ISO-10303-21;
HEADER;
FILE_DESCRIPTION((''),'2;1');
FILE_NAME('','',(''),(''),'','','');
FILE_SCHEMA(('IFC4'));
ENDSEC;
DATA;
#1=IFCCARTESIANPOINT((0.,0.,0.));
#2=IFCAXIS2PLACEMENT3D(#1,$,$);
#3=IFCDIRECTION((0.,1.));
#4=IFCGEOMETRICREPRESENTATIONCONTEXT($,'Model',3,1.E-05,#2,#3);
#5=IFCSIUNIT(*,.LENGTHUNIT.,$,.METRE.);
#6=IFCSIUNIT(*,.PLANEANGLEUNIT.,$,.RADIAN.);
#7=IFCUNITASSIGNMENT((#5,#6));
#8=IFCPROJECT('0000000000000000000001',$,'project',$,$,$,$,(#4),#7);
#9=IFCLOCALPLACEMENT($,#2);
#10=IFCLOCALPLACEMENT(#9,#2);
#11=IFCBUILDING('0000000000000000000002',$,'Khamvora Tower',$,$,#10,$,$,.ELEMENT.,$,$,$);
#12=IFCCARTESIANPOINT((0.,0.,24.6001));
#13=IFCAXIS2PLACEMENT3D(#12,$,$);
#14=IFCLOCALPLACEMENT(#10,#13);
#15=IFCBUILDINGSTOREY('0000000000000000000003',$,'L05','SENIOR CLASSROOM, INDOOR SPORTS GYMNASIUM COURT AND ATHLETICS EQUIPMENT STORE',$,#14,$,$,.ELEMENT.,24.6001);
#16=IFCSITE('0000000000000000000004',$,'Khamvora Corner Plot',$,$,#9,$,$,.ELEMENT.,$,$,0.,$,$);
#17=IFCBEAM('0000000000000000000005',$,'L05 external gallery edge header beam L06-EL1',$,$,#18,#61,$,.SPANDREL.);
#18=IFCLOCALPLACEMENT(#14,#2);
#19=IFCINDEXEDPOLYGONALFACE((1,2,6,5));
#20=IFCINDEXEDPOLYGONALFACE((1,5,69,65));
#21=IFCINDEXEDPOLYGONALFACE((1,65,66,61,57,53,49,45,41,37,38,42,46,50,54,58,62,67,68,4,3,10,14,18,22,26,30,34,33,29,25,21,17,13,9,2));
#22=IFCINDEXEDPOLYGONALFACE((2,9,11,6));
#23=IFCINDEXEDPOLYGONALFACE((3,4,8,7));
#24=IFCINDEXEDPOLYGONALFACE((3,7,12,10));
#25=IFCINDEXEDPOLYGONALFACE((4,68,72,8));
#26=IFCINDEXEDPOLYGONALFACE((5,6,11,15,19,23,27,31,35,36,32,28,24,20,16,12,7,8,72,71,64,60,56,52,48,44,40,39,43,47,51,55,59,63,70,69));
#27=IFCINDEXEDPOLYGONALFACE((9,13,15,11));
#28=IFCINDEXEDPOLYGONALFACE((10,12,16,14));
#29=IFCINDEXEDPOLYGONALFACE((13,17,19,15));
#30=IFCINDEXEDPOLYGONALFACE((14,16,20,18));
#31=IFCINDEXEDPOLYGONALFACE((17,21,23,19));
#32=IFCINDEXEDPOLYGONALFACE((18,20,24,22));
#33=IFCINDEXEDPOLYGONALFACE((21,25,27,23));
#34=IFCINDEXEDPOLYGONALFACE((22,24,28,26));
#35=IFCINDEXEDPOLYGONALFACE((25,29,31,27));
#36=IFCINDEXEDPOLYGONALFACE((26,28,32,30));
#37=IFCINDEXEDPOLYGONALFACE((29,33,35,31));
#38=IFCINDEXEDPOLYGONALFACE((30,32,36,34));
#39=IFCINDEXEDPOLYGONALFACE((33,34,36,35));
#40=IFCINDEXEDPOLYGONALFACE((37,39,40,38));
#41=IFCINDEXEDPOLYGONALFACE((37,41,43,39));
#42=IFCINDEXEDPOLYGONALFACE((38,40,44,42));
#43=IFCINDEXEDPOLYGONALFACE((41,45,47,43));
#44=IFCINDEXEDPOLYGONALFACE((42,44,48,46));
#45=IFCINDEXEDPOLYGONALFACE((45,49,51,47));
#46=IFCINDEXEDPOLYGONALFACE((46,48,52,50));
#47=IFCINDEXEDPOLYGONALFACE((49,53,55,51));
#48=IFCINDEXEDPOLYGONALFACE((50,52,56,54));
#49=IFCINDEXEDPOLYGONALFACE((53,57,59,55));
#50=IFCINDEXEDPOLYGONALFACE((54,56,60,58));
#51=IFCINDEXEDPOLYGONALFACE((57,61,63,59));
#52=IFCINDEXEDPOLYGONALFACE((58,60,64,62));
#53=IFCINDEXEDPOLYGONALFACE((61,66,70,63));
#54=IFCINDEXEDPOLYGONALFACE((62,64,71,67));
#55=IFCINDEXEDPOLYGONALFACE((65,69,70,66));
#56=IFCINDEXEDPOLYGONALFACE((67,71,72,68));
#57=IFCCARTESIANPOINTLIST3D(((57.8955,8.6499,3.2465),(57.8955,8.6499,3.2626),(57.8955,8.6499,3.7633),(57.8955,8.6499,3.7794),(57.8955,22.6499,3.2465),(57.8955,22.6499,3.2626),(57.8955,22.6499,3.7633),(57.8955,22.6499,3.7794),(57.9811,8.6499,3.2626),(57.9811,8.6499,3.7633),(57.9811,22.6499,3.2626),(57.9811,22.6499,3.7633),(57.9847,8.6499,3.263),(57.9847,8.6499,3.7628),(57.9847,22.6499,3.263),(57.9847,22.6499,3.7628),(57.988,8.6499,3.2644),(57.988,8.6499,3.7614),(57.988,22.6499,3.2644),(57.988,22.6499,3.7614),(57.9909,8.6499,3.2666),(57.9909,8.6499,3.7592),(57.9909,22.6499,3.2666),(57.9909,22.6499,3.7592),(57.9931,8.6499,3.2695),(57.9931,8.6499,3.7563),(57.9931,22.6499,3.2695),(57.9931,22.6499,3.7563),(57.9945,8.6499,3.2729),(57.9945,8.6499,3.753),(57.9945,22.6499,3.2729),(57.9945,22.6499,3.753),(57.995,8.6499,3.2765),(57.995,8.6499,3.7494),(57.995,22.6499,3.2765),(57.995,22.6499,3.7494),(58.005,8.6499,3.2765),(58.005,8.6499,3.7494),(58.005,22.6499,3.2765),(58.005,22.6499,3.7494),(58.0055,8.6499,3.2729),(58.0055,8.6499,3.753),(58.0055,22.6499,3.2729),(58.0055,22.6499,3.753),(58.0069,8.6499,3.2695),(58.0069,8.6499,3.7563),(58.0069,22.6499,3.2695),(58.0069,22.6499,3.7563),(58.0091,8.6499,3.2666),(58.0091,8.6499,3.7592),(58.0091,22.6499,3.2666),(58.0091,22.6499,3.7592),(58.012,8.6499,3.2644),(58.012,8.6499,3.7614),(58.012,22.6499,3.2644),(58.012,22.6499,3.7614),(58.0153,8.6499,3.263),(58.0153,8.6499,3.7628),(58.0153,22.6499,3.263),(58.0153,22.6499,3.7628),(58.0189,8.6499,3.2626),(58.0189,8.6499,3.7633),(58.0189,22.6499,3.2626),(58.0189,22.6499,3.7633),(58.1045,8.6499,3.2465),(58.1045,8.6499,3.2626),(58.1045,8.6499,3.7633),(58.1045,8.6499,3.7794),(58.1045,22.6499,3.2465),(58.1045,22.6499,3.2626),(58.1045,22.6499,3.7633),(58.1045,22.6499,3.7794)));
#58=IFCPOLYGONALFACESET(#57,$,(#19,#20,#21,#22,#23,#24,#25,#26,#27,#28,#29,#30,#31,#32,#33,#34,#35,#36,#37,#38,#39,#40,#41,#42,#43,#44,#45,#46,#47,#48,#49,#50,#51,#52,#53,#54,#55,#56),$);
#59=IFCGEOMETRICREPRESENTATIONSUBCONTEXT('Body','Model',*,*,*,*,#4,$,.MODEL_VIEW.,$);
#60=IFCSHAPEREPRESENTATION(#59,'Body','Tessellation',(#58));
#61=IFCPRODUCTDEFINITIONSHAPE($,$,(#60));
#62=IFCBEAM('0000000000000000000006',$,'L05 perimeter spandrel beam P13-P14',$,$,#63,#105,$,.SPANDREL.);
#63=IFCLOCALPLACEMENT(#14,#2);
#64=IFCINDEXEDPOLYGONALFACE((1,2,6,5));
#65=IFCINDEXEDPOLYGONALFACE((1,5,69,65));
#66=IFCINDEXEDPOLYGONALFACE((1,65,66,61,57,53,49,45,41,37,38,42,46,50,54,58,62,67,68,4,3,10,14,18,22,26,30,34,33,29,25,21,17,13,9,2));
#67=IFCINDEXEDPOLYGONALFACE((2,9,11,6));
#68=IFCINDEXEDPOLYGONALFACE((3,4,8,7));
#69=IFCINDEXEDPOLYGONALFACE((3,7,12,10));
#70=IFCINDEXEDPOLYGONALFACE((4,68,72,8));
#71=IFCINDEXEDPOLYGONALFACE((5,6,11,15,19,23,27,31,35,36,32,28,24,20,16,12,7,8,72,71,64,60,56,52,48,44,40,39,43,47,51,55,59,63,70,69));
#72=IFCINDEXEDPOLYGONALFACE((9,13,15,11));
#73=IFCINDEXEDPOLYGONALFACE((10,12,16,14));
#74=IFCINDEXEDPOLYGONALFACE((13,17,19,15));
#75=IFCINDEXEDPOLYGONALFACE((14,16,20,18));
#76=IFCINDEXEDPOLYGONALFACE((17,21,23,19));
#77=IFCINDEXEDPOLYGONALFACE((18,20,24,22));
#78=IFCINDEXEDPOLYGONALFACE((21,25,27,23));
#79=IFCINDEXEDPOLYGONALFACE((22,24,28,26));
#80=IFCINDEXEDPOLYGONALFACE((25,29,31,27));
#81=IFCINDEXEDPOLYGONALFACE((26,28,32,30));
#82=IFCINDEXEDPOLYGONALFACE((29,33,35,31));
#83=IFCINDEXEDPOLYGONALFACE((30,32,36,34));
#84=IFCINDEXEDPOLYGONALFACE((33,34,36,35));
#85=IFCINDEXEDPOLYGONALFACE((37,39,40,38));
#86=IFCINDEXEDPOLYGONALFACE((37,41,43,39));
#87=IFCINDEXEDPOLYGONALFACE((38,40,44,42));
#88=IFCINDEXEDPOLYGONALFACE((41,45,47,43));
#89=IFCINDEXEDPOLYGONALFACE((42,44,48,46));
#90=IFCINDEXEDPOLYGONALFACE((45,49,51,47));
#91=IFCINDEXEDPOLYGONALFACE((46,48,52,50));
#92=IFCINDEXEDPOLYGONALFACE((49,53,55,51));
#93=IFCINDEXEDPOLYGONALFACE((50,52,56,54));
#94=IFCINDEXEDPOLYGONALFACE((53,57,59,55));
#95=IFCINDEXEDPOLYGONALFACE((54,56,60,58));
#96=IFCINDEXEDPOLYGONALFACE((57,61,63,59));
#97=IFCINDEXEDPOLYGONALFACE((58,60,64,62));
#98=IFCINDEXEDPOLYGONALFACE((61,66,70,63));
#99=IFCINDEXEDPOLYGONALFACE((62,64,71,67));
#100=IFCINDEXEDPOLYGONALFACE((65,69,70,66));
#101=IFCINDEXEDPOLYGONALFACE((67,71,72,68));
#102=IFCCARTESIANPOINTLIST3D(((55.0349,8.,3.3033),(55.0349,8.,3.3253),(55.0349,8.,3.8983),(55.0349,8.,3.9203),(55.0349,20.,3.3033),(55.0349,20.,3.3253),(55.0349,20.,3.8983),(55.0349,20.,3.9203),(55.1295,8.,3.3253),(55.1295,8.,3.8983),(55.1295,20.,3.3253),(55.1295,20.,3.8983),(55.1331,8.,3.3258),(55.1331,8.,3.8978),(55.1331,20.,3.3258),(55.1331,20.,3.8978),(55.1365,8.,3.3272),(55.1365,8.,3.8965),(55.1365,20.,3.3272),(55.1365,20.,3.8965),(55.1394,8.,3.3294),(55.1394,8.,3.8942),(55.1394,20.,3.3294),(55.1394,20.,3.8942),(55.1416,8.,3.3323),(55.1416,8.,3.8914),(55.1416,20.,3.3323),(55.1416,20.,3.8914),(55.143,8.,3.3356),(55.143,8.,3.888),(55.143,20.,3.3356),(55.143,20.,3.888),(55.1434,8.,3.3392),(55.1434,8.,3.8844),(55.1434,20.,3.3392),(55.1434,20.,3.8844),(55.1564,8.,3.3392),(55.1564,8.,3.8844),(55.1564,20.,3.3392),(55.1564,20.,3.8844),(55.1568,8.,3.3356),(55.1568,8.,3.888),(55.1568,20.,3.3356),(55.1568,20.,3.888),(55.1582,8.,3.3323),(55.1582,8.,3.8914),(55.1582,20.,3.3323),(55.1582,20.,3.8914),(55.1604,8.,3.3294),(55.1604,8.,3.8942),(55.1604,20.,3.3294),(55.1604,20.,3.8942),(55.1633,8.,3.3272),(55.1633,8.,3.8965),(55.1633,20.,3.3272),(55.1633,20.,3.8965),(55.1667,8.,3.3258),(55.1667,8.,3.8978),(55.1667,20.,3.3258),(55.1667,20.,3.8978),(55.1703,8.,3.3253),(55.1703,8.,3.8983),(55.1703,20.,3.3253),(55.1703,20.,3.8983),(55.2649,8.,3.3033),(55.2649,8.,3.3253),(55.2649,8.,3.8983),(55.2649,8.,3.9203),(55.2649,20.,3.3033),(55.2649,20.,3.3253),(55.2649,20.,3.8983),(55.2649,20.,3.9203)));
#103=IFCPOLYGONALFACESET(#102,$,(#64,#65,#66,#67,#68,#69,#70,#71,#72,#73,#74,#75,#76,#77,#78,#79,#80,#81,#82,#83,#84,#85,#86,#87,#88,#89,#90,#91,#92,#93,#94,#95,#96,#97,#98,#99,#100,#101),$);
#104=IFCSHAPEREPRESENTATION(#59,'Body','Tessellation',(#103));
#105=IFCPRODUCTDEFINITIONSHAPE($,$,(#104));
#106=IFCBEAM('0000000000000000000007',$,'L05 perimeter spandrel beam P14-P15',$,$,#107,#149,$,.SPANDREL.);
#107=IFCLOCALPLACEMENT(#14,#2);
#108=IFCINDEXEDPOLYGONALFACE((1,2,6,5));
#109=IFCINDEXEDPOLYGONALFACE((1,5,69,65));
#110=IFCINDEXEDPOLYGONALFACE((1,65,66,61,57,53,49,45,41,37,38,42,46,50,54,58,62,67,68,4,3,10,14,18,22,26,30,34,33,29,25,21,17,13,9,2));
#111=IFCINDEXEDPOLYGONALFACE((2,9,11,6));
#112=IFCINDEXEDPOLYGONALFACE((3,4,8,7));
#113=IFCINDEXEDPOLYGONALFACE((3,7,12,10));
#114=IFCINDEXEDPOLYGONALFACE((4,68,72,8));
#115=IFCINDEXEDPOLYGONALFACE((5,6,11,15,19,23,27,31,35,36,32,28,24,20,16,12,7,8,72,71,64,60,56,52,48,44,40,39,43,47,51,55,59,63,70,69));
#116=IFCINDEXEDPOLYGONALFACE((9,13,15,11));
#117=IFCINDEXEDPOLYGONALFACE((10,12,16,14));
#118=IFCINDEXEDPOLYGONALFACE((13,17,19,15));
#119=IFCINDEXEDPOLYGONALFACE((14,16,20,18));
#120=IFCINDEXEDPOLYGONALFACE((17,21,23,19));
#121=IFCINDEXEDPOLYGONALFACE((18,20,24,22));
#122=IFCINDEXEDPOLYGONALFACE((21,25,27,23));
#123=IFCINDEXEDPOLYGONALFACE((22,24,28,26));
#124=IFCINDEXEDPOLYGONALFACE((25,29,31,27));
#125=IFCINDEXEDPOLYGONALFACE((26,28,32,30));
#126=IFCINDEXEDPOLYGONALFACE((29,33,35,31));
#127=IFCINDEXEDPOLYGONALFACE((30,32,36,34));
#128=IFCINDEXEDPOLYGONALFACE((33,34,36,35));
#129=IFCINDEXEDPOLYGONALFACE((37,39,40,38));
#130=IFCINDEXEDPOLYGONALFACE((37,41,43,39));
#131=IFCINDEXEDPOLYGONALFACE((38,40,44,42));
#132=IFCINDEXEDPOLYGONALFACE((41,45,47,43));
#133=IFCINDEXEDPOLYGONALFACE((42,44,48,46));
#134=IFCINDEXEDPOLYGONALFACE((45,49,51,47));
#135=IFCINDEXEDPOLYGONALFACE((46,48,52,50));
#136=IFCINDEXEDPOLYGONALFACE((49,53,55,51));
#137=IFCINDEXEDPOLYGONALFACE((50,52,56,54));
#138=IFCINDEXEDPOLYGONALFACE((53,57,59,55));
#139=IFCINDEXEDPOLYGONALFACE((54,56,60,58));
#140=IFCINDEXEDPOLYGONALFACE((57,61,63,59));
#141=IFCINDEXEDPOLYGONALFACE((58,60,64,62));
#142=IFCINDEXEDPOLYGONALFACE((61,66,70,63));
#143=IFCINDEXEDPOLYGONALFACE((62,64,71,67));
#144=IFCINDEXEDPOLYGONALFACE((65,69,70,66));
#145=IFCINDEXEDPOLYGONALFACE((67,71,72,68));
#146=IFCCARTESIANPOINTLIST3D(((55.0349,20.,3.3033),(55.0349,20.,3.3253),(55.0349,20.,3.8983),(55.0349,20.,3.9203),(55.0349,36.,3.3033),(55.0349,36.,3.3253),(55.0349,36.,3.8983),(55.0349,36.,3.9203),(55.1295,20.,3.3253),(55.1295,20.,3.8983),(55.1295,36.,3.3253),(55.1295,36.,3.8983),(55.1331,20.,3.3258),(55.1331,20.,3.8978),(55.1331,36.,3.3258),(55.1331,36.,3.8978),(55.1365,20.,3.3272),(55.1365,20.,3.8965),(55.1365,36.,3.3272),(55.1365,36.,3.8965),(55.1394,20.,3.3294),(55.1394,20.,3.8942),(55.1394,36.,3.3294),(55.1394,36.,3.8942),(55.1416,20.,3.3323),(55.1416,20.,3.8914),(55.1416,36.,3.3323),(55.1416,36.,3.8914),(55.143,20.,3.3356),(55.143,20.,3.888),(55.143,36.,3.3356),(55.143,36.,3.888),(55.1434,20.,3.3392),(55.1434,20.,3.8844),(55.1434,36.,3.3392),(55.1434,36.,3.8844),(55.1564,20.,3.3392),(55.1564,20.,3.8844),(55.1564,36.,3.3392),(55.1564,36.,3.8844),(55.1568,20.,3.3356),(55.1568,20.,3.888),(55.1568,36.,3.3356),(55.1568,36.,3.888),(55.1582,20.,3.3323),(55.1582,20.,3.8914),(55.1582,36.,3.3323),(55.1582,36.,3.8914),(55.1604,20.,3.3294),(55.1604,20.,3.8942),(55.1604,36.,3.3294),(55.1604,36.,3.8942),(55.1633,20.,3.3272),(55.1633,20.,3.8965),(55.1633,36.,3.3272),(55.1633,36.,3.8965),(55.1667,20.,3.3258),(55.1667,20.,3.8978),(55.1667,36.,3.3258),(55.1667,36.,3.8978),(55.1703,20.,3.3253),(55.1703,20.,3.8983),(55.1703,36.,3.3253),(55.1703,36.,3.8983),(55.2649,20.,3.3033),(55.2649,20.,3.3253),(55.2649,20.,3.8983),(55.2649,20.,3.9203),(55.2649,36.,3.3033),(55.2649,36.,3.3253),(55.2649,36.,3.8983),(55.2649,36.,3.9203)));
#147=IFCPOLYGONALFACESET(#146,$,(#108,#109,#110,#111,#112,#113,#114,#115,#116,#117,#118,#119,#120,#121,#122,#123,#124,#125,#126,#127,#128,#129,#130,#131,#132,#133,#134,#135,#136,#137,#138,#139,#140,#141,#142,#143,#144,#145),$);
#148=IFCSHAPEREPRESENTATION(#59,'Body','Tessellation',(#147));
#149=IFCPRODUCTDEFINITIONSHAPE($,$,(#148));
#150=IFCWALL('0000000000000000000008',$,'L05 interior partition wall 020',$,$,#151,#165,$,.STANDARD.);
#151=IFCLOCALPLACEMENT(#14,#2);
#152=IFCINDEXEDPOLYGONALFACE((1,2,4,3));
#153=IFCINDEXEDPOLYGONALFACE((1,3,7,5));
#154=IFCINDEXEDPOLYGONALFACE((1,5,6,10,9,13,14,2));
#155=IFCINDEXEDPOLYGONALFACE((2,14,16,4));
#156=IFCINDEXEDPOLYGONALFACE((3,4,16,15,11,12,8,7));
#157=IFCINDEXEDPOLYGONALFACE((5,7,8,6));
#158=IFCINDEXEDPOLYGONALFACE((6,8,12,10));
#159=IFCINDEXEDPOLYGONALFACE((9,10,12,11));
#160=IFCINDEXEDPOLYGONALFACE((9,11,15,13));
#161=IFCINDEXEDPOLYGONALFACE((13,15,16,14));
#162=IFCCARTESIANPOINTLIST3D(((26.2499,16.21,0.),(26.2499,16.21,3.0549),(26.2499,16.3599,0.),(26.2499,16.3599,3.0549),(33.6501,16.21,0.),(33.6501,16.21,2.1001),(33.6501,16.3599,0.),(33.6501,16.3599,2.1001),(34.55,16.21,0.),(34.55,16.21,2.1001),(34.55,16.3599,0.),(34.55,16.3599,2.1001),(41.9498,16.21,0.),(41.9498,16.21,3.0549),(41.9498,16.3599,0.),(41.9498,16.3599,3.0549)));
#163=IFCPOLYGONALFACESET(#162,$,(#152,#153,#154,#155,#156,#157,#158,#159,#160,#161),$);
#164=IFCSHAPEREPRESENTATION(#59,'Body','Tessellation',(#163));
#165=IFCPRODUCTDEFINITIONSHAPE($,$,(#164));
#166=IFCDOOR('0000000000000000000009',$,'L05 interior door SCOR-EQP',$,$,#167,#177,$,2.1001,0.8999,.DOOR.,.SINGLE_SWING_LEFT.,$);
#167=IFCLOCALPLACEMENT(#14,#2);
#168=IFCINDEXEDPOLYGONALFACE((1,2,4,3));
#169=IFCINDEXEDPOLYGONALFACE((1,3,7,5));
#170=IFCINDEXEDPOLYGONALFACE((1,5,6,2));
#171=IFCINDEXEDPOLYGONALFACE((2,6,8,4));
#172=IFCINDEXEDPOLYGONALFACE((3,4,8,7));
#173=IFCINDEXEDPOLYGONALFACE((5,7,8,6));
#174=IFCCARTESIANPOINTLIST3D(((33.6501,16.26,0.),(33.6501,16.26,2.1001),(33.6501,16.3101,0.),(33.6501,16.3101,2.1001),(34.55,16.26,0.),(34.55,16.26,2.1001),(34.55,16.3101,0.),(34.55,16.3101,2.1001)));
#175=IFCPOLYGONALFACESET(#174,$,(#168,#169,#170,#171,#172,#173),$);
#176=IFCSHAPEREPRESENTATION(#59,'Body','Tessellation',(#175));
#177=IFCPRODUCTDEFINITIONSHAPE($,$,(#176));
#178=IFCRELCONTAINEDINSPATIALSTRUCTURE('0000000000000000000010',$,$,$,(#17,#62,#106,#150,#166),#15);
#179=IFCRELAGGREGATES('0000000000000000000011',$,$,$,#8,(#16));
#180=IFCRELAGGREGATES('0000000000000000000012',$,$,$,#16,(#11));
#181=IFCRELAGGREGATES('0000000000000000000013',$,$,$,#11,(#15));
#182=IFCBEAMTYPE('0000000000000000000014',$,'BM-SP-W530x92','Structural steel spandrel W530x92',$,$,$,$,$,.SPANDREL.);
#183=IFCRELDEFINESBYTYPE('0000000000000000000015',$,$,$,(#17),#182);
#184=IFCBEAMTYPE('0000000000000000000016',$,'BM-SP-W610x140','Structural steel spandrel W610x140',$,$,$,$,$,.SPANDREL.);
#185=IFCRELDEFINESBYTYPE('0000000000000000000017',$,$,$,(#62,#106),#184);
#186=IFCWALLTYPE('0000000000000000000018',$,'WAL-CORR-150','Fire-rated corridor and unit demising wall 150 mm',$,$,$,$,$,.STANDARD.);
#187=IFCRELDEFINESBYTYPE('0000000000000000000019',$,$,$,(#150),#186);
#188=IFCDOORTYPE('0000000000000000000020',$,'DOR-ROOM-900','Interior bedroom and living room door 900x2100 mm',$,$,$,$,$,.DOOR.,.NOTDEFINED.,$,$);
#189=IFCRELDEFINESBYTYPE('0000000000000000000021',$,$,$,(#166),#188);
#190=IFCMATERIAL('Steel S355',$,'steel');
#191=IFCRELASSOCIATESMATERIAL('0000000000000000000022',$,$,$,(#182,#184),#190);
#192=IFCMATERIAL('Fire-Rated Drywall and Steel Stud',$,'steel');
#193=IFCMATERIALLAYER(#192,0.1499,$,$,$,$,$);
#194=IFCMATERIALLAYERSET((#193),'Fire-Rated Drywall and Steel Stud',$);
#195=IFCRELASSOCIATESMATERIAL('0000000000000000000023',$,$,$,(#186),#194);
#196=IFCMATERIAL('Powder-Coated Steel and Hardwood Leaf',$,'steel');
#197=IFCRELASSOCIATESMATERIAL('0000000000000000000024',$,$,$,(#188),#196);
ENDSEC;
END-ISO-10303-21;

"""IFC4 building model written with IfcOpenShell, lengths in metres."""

from ifc_helpers import new_model, si_unit, direction, frame, frame_2d, origin, origin_2d, place, context, subcontext, project, spatial, rectangle, i_section, extrude, material, layer, layer_set, material_profile, profile_set, type_object, element, fill, save


model = new_model("IFC4")

# Units and contexts
model_context = context("Model", 3, precision=1e-05, world=origin(), true_north=direction((0.0, 1.0)))
body_context = subcontext(model_context, "Body", "Model", "MODEL_VIEW")
ifc_project = project(units=[si_unit("LENGTHUNIT", "METRE"), si_unit("PLANEANGLEUNIT", "RADIAN")], contexts=[model_context])

# Site, building, storey
site_placement = place(None, origin())
site = spatial("IfcSite", under=ifc_project, at=site_placement, Name="Khamvora Corner Plot", CompositionType="ELEMENT", RefElevation=0.0)
building_placement = place(site_placement, origin())
building = spatial("IfcBuilding", under=site, at=building_placement, Name="Khamvora Tower", CompositionType="ELEMENT")
storey_placement = place(building_placement, frame((0.0, 0.0, 24.6001)))
storey = spatial("IfcBuildingStorey", under=building, at=storey_placement, Name="L05", Description="SENIOR CLASSROOM, INDOOR SPORTS GYMNASIUM COURT AND ATHLETICS EQUIPMENT STORE", CompositionType="ELEMENT", Elevation=24.6001)

# Beams
ifc_material_1 = material(Name="Steel S355", Category="steel")
ifc_material_profile_1 = material_profile(ifc_material_1, i_section(OverallWidth=0.209, OverallDepth=0.533, WebThickness=0.01, FlangeThickness=0.0161, FilletRadius=0.0139, at=origin_2d()), Name="W530x92")
ifc_profile_set_1 = profile_set([ifc_material_profile_1], Name="Steel S355")
beam_type_1 = type_object("IfcBeamType", Name="BM-SP-W530x92", Description="Structural steel spandrel W530x92", PredefinedType="SPANDREL", material=ifc_profile_set_1)
beam_1_placement = place(storey_placement, frame((58.0, 8.6499, 3.5129), z_axis=(0.0, 1.0, 0.0), x_axis=(-1.0, 0.0, 0.0)))
element("IfcBeam", 1, at=beam_1_placement, inside=storey, type_object=beam_type_1, Name="L05 external gallery edge header beam L06-EL1", PredefinedType="SPANDREL", context=body_context, shape_type="SweptSolid", body=[
    extrude(i_section(OverallWidth=0.209, OverallDepth=0.533, WebThickness=0.01, FlangeThickness=0.0161, FilletRadius=0.0139, at=origin_2d()), origin(), (0.0, 0.0, 1.0), 14.0),
])
ifc_material_profile_2 = material_profile(ifc_material_1, i_section(OverallWidth=0.23, OverallDepth=0.6169, WebThickness=0.0129, FlangeThickness=0.022, FilletRadius=0.0139, at=origin_2d()), Name="W610x140")
ifc_profile_set_2 = profile_set([ifc_material_profile_2], Name="Steel S355")
beam_type_2 = type_object("IfcBeamType", Name="BM-SP-W610x140", Description="Structural steel spandrel W610x140", PredefinedType="SPANDREL", material=ifc_profile_set_2)
beam_2_placement = place(storey_placement, frame((55.1499, 8.0, 3.6118), z_axis=(0.0, 1.0, 0.0), x_axis=(-1.0, 0.0, 0.0)))
element("IfcBeam", 2, at=beam_2_placement, inside=storey, type_object=beam_type_2, Name="L05 perimeter spandrel beam P13-P14", PredefinedType="SPANDREL", context=body_context, shape_type="SweptSolid", body=[
    extrude(i_section(OverallWidth=0.23, OverallDepth=0.6169, WebThickness=0.0129, FlangeThickness=0.022, FilletRadius=0.0139, at=origin_2d()), origin(), (0.0, 0.0, 1.0), 12.0),
])
beam_3_placement = place(storey_placement, frame((55.1499, 20.0, 3.6118), z_axis=(0.0, 1.0, 0.0), x_axis=(-1.0, 0.0, 0.0)))
element("IfcBeam", 3, at=beam_3_placement, inside=storey, type_object=beam_type_2, Name="L05 perimeter spandrel beam P14-P15", PredefinedType="SPANDREL", context=body_context, shape_type="SweptSolid", body=[
    extrude(i_section(OverallWidth=0.23, OverallDepth=0.6169, WebThickness=0.0129, FlangeThickness=0.022, FilletRadius=0.0139, at=origin_2d()), origin(), (0.0, 0.0, 1.0), 16.0),
])

# Wall, opening, door
ifc_material_2 = material(Name="Fire-Rated Drywall and Steel Stud", Category="steel")
ifc_layer = layer(ifc_material_2, 0.1499)
ifc_layer_set = layer_set([ifc_layer], Name="Fire-Rated Drywall and Steel Stud")
wall_type = type_object("IfcWallType", Name="WAL-CORR-150", Description="Fire-rated corridor and unit demising wall 150 mm", PredefinedType="STANDARD", material=ifc_layer_set)
wall_placement = place(storey_placement, frame((41.95, 16.2849, 0.0), z_axis=(0.0, 0.0, 1.0), x_axis=(-1.0, 0.0, 0.0)))
wall = element("IfcWall", 4, at=wall_placement, inside=storey, type_object=wall_type, Name="L05 interior partition wall 020", PredefinedType="STANDARD", context=body_context, shape_type="SweptSolid", body=[
    extrude(rectangle(XDim=15.7, YDim=0.1499, at=frame_2d((7.8501, 0.0))), origin(), (0.0, 0.0, 1.0), 3.0549),
])
opening_placement = place(wall_placement, frame((7.3999, 0.0, 0.0)))
opening = element("IfcOpeningElement", 5, at=opening_placement, cuts=wall, PredefinedType="OPENING", context=body_context, shape_type="SweptSolid", body=[
    extrude(rectangle(XDim=0.8999, YDim=2.1001, at=frame_2d((0.45, 1.05))), frame((0.0, 0.085, 0.0), z_axis=(0.0, -1.0, 0.0), x_axis=(1.0, 0.0, 0.0)), (0.0, 0.0, 1.0), 0.1699),
])
ifc_material_3 = material(Name="Powder-Coated Steel and Hardwood Leaf", Category="steel")
door_type = type_object("IfcDoorType", Name="DOR-ROOM-900", Description="Interior bedroom and living room door 900x2100 mm", OperationType="NOTDEFINED", PredefinedType="DOOR", material=ifc_material_3)
door_placement = place(opening_placement, origin())
door = element("IfcDoor", 6, at=door_placement, inside=storey, type_object=door_type, Name="L05 interior door SCOR-EQP", OperationType="SINGLE_SWING_LEFT", OverallHeight=2.1001, OverallWidth=0.8999, PredefinedType="DOOR", context=body_context, shape_type="SweptSolid", body=[
    extrude(rectangle(XDim=0.8999, YDim=2.1001, at=frame_2d((0.45, 1.05))), frame((0.0, 0.0249, 0.0), z_axis=(0.0, -1.0, 0.0), x_axis=(1.0, 0.0, 0.0)), (0.0, 0.0, 1.0), 0.05),
])
fill(opening, door)

save(model, "model.ifc")
